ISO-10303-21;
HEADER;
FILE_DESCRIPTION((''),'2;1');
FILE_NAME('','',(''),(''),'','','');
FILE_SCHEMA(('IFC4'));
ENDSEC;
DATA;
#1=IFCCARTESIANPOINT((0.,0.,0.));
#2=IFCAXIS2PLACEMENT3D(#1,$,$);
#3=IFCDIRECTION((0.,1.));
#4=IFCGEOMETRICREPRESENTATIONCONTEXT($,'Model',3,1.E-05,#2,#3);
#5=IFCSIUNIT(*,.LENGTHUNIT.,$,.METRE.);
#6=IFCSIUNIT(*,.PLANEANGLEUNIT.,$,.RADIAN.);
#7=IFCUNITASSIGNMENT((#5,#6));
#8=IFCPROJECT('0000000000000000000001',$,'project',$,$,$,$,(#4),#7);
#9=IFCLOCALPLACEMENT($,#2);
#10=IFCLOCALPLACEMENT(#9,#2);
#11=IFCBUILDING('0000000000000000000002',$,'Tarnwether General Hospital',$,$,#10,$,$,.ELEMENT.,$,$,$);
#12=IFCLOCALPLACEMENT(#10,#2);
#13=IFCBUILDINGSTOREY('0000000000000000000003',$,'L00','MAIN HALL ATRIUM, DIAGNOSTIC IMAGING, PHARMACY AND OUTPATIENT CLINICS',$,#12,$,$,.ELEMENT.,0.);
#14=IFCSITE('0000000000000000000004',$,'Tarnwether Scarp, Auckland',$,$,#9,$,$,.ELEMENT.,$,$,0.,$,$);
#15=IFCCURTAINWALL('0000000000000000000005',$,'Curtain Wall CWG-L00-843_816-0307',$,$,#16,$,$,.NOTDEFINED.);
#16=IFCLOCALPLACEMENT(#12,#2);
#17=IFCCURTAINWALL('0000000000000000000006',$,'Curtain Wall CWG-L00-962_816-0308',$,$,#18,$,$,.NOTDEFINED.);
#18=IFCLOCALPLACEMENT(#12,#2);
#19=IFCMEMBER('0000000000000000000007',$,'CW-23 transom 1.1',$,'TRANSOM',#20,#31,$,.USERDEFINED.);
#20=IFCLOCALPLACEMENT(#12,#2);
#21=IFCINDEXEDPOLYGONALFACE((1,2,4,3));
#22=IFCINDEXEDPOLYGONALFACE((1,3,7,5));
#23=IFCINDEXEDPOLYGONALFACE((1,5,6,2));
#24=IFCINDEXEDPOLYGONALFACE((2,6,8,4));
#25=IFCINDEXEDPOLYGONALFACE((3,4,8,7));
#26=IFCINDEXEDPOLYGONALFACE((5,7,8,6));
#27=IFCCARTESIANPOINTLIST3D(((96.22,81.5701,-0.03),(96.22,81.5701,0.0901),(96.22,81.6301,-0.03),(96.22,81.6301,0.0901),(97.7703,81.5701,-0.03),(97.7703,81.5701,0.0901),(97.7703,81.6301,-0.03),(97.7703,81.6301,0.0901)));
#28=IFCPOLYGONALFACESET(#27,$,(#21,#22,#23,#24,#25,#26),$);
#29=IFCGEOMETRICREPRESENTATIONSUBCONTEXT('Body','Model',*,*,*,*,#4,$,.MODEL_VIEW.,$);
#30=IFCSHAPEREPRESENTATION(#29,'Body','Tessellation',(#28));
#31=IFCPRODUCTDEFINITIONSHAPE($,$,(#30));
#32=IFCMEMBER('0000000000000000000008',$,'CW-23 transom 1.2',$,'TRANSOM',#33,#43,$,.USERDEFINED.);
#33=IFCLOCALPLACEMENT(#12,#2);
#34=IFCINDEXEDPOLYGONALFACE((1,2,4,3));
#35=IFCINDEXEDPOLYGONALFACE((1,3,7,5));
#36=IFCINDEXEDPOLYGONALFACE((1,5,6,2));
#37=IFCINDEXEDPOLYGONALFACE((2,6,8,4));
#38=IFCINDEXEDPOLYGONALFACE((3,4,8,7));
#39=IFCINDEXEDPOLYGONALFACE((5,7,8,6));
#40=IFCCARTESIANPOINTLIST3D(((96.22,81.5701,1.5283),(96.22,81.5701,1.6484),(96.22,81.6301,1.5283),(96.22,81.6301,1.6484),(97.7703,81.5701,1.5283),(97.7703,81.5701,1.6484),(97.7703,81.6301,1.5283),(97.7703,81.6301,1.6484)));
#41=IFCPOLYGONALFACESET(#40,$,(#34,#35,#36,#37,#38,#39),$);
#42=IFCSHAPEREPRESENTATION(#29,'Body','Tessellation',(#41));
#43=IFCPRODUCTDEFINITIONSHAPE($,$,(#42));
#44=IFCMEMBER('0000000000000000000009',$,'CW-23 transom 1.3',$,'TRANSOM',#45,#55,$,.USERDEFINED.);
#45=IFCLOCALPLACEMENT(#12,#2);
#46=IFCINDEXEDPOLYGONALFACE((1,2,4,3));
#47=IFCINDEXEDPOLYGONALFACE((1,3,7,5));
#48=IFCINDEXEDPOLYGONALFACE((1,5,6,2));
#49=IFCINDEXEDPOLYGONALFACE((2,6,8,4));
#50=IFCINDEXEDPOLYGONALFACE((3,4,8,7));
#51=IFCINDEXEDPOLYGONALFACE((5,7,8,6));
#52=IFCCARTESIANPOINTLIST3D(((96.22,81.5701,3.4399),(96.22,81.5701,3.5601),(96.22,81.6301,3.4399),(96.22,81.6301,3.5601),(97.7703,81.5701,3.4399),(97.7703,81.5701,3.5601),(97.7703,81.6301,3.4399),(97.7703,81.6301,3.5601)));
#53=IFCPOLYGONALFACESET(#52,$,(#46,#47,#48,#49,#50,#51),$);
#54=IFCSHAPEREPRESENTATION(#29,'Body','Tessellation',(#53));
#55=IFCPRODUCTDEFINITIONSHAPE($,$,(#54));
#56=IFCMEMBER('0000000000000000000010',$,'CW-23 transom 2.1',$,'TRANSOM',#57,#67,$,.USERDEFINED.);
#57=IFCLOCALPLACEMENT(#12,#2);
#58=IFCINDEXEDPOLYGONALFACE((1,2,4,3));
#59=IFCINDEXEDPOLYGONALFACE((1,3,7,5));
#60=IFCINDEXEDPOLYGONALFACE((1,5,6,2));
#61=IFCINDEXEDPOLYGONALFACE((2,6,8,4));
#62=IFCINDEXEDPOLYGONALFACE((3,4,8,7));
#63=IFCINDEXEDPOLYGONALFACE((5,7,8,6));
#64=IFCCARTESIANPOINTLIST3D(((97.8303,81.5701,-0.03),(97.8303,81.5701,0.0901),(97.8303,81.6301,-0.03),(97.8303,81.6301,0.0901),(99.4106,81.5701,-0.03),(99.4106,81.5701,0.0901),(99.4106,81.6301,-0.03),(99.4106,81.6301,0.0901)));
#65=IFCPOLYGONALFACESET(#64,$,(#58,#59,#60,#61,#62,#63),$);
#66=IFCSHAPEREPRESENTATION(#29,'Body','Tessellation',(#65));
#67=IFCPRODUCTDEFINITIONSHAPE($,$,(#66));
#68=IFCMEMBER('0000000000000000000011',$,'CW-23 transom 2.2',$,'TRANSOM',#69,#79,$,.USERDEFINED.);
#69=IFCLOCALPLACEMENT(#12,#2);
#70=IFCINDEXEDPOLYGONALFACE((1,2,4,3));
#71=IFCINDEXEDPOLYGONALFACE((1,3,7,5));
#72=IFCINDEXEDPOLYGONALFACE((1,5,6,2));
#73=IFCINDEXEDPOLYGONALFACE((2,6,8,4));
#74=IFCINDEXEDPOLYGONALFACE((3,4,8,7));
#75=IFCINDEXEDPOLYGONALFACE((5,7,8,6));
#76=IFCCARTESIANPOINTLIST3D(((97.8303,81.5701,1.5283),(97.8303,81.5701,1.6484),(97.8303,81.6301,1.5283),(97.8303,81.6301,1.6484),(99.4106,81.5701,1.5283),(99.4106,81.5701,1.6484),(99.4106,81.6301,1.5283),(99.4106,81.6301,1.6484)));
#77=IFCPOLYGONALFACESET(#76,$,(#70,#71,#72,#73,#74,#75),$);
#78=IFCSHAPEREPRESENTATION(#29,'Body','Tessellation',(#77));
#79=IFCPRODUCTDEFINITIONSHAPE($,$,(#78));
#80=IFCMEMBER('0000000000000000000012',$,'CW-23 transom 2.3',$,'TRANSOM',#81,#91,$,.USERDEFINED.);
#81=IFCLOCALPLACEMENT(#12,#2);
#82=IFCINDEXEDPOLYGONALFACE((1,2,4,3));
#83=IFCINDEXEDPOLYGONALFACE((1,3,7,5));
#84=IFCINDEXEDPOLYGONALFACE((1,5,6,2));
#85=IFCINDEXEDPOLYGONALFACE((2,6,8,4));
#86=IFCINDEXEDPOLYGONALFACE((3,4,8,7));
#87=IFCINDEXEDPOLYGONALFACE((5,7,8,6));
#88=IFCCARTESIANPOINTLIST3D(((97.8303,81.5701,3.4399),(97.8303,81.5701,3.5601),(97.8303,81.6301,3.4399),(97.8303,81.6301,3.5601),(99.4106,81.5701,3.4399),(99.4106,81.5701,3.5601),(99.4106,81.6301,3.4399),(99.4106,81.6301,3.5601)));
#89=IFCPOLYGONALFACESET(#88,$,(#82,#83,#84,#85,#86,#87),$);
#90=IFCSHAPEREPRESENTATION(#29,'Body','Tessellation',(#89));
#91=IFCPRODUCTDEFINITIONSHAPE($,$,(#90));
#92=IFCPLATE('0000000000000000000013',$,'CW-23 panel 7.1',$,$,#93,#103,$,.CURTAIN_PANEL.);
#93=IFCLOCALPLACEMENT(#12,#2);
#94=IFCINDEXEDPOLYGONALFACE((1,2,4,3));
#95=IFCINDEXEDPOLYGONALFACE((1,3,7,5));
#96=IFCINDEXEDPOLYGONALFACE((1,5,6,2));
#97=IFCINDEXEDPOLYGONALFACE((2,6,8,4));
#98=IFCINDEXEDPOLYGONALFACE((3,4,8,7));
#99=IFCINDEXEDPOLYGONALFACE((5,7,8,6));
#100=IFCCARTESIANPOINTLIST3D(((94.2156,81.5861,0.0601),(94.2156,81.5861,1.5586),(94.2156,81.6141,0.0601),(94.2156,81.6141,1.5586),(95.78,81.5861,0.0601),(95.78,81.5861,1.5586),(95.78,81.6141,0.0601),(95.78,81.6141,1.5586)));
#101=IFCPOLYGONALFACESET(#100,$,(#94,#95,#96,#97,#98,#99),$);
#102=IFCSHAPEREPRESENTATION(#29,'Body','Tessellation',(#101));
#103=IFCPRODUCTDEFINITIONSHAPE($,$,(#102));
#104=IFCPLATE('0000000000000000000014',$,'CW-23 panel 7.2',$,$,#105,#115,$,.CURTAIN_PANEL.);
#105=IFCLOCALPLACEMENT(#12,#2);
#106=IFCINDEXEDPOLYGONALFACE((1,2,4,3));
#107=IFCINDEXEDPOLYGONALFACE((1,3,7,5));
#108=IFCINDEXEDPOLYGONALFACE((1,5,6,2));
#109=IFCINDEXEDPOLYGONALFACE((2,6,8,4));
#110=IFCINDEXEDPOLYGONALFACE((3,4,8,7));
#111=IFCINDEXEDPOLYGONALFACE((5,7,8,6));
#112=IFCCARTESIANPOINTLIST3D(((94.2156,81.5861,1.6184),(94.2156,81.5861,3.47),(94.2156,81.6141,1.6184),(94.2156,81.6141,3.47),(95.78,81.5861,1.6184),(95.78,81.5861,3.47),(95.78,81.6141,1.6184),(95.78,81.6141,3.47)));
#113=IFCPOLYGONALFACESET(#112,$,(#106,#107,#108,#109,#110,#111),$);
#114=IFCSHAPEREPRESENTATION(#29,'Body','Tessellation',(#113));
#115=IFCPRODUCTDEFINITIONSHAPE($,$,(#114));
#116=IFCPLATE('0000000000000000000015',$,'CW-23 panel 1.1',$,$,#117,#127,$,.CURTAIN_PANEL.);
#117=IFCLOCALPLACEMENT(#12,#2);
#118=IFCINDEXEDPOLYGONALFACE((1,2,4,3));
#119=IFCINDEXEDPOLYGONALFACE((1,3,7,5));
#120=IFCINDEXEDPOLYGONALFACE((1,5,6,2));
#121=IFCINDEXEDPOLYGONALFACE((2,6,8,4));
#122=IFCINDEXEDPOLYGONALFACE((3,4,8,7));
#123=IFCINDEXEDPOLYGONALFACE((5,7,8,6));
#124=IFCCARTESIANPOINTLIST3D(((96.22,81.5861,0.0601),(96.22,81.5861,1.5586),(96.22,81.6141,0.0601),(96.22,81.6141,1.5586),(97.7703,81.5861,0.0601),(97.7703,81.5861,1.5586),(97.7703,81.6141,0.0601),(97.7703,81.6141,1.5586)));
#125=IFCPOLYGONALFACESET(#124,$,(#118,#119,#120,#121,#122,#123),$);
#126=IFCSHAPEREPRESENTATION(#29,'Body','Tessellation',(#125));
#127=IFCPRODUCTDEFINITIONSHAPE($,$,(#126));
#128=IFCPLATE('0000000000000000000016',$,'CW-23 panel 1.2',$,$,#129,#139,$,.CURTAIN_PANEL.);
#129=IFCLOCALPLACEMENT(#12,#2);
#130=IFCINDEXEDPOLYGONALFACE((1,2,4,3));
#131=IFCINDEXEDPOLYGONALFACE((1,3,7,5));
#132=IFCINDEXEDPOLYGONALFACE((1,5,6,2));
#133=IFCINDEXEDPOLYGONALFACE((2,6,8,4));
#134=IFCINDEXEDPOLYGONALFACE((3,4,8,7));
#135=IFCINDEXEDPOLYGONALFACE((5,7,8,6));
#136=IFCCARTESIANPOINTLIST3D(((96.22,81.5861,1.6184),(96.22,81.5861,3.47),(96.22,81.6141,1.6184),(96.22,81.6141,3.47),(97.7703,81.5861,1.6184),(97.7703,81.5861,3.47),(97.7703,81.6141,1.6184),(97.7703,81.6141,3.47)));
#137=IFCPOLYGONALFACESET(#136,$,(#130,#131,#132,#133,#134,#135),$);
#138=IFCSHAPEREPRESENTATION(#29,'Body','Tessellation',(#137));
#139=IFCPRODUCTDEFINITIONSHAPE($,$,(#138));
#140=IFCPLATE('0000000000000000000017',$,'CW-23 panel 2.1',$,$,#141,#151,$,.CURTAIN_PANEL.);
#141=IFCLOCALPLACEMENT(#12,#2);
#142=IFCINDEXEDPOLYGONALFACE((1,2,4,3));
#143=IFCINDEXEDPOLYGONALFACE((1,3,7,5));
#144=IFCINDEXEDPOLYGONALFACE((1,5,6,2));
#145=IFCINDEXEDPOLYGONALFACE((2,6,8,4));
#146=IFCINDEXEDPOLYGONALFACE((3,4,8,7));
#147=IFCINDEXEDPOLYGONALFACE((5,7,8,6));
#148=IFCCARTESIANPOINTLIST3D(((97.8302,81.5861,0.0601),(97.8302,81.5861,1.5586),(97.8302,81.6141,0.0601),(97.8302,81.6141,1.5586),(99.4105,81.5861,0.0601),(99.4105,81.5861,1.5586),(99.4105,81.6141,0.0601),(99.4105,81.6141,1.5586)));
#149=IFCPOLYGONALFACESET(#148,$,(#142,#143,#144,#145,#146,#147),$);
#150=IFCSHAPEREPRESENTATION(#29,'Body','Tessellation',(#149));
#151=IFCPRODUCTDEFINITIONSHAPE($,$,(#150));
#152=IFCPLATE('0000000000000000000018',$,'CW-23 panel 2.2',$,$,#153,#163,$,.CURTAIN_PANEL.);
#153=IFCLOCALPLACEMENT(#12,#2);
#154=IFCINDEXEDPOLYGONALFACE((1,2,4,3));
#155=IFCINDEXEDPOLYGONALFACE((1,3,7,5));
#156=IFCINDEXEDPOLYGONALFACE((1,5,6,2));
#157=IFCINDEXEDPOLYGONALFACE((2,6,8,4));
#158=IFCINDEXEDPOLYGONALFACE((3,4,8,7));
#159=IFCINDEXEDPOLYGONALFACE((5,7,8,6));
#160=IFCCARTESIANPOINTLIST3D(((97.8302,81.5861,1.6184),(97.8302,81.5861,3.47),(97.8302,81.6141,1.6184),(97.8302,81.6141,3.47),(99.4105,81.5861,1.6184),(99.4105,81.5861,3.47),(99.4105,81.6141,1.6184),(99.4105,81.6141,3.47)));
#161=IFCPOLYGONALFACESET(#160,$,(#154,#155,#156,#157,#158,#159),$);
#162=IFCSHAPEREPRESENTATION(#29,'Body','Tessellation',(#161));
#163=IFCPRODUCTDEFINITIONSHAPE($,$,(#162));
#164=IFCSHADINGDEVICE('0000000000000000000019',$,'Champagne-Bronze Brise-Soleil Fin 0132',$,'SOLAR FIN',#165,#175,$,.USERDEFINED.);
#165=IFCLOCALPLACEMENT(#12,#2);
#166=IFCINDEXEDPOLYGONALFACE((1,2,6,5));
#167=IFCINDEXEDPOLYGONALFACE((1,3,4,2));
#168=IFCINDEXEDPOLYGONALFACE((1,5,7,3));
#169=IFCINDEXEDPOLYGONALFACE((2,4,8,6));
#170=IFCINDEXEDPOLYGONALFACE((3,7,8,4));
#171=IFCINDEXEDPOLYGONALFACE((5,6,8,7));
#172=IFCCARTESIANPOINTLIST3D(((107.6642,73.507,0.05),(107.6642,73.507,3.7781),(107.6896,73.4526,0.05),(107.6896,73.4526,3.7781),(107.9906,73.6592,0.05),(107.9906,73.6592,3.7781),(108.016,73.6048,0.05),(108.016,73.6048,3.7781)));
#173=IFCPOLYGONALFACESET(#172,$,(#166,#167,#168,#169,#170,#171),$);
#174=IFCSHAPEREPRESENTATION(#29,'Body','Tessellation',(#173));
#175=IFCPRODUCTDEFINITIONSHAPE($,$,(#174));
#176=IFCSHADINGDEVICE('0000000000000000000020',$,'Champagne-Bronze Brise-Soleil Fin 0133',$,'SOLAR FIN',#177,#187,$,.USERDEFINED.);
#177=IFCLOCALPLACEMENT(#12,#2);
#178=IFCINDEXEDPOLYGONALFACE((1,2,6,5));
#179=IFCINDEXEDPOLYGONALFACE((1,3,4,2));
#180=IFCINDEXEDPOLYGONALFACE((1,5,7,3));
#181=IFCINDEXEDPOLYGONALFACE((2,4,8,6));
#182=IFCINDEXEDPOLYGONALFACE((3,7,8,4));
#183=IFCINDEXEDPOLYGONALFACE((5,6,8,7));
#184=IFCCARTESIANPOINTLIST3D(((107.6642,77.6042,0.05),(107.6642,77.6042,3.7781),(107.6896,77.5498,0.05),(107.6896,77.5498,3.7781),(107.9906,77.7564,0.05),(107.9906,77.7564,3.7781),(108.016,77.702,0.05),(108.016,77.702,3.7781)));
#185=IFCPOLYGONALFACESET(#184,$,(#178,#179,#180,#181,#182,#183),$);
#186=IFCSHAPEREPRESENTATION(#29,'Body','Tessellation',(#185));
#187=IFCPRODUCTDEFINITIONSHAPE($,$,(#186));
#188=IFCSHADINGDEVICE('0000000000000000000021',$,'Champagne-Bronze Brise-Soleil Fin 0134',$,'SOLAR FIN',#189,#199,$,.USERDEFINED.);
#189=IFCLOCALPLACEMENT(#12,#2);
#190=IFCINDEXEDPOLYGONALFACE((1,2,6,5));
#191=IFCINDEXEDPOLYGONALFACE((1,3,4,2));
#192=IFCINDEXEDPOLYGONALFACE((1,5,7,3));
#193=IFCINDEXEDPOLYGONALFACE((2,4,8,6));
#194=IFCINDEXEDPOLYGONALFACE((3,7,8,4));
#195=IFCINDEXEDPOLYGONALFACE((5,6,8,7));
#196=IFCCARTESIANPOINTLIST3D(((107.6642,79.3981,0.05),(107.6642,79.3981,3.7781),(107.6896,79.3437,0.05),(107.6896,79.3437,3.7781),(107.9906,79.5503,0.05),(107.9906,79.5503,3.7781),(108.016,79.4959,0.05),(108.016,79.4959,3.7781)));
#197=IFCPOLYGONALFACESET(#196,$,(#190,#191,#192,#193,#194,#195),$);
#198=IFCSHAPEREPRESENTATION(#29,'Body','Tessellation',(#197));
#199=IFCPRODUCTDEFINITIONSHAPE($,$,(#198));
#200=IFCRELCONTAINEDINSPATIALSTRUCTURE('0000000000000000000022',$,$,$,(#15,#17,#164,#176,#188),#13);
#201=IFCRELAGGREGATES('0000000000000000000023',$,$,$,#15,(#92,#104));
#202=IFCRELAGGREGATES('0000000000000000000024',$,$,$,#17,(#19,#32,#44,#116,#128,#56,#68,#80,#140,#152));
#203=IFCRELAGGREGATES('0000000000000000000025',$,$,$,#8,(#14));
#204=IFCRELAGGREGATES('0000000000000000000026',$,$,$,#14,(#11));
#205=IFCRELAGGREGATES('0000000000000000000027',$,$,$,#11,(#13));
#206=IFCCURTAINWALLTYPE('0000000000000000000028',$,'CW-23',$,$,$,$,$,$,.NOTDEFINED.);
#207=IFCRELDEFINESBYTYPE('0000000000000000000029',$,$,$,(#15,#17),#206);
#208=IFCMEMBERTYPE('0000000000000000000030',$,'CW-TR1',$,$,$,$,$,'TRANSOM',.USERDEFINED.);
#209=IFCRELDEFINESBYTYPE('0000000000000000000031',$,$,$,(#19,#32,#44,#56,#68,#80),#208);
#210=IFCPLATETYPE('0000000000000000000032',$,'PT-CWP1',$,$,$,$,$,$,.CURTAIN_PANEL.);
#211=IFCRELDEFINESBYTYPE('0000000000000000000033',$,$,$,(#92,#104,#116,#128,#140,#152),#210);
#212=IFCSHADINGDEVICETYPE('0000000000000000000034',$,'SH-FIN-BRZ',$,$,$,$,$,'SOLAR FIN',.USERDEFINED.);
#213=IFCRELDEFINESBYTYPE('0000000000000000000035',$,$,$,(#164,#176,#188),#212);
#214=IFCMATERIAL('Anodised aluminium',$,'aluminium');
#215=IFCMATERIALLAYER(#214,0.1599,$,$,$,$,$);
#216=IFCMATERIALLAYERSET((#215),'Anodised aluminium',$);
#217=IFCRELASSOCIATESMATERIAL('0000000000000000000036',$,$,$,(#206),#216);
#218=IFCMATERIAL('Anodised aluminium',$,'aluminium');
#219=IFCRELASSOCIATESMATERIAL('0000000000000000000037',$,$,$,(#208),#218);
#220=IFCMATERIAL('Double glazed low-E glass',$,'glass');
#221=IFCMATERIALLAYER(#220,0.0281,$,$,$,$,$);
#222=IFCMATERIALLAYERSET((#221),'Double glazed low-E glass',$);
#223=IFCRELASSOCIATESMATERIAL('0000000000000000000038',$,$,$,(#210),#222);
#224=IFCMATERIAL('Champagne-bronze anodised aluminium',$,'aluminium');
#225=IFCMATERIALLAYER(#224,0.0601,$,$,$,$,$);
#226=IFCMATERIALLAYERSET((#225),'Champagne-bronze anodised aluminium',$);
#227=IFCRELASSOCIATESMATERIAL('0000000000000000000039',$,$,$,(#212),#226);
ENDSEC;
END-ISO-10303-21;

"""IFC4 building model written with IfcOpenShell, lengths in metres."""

from ifc_helpers import new_model, si_unit, direction, frame, origin, origin_2d, place, context, subcontext, project, spatial, rectangle, extrude, material, layer, layer_set, material_profile, profile_set, type_object, element, aggregate, save


model = new_model("IFC4")

# Units and contexts
model_context = context("Model", 3, precision=1e-05, world=origin(), true_north=direction((0.0, 1.0)))
body_context = subcontext(model_context, "Body", "Model", "MODEL_VIEW")
ifc_project = project(units=[si_unit("LENGTHUNIT", "METRE"), si_unit("PLANEANGLEUNIT", "RADIAN")], contexts=[model_context])

# Site, building, storey
site_placement = place(None, origin())
site = spatial("IfcSite", under=ifc_project, at=site_placement, Name="Tarnwether Scarp, Auckland", CompositionType="ELEMENT", RefElevation=0.0)
building_placement = place(site_placement, origin())
building = spatial("IfcBuilding", under=site, at=building_placement, Name="Tarnwether General Hospital", CompositionType="ELEMENT")
storey_placement = place(building_placement, origin())
storey = spatial("IfcBuildingStorey", under=building, at=storey_placement, Name="L00", Description="MAIN HALL ATRIUM, DIAGNOSTIC IMAGING, PHARMACY AND OUTPATIENT CLINICS", CompositionType="ELEMENT", Elevation=0.0)

# Curtain walls
ifc_material_1 = material(Name="Anodised aluminium", Category="aluminium")
ifc_layer_1 = layer(ifc_material_1, 0.1599)
ifc_layer_set_1 = layer_set([ifc_layer_1], Name="Anodised aluminium")
curtain_wall_type = type_object("IfcCurtainWallType", Name="CW-23", PredefinedType="NOTDEFINED", material=ifc_layer_set_1)
curtain_wall_1_placement = place(storey_placement, origin())
curtain_wall_1 = element("IfcCurtainWall", 1, at=curtain_wall_1_placement, inside=storey, type_object=curtain_wall_type, Name="Curtain Wall CWG-L00-843_816-0307", PredefinedType="NOTDEFINED")
curtain_wall_2_placement = place(storey_placement, origin())
curtain_wall_2 = element("IfcCurtainWall", 2, at=curtain_wall_2_placement, inside=storey, type_object=curtain_wall_type, Name="Curtain Wall CWG-L00-962_816-0308", PredefinedType="NOTDEFINED")

# Members
ifc_material_2 = material(Name="Anodised aluminium", Category="aluminium")
ifc_material_profile_1 = material_profile(ifc_material_2, rectangle(XDim=0.0601, YDim=0.1201, at=origin_2d()), Name="ALU-TRN-60x120")
ifc_profile_set_1 = profile_set([ifc_material_profile_1], Name="Anodised aluminium")
member_type_1 = type_object("IfcMemberType", Name="CW-TR1", ElementType="TRANSOM", PredefinedType="USERDEFINED", material=ifc_profile_set_1)
member_1_placement = place(storey_placement, frame((96.22, 81.6001, 0.03), z_axis=(1.0, 0.0, 0.0), x_axis=(0.0, 1.0, 0.0)))
member_1 = element("IfcMember", 3, at=member_1_placement, type_object=member_type_1, Name="CW-23 transom 1.1", ObjectType="TRANSOM", PredefinedType="USERDEFINED", context=body_context, shape_type="SweptSolid", body=[
    extrude(rectangle(XDim=0.0601, YDim=0.1201, at=origin_2d()), origin(), (0.0, 0.0, 1.0), 1.5503),
])
member_2_placement = place(storey_placement, frame((96.22, 81.6001, 1.5884), z_axis=(1.0, 0.0, 0.0), x_axis=(0.0, 1.0, 0.0)))
member_2 = element("IfcMember", 4, at=member_2_placement, type_object=member_type_1, Name="CW-23 transom 1.2", ObjectType="TRANSOM", PredefinedType="USERDEFINED", context=body_context, shape_type="SweptSolid", body=[
    extrude(rectangle(XDim=0.0601, YDim=0.1201, at=origin_2d()), origin(), (0.0, 0.0, 1.0), 1.5503),
])
member_3_placement = place(storey_placement, frame((96.22, 81.6001, 3.5), z_axis=(1.0, 0.0, 0.0), x_axis=(0.0, 1.0, 0.0)))
member_3 = element("IfcMember", 5, at=member_3_placement, type_object=member_type_1, Name="CW-23 transom 1.3", ObjectType="TRANSOM", PredefinedType="USERDEFINED", context=body_context, shape_type="SweptSolid", body=[
    extrude(rectangle(XDim=0.0601, YDim=0.1201, at=origin_2d()), origin(), (0.0, 0.0, 1.0), 1.5503),
])
member_4_placement = place(storey_placement, frame((97.8303, 81.6001, 0.03), z_axis=(1.0, 0.0, 0.0), x_axis=(0.0, 1.0, 0.0)))
member_4 = element("IfcMember", 6, at=member_4_placement, type_object=member_type_1, Name="CW-23 transom 2.1", ObjectType="TRANSOM", PredefinedType="USERDEFINED", context=body_context, shape_type="SweptSolid", body=[
    extrude(rectangle(XDim=0.0601, YDim=0.1201, at=origin_2d()), origin(), (0.0, 0.0, 1.0), 1.5803),
])
member_5_placement = place(storey_placement, frame((97.8303, 81.6001, 1.5884), z_axis=(1.0, 0.0, 0.0), x_axis=(0.0, 1.0, 0.0)))
member_5 = element("IfcMember", 7, at=member_5_placement, type_object=member_type_1, Name="CW-23 transom 2.2", ObjectType="TRANSOM", PredefinedType="USERDEFINED", context=body_context, shape_type="SweptSolid", body=[
    extrude(rectangle(XDim=0.0601, YDim=0.1201, at=origin_2d()), origin(), (0.0, 0.0, 1.0), 1.5803),
])
member_6_placement = place(storey_placement, frame((97.8303, 81.6001, 3.5), z_axis=(1.0, 0.0, 0.0), x_axis=(0.0, 1.0, 0.0)))
member_6 = element("IfcMember", 8, at=member_6_placement, type_object=member_type_1, Name="CW-23 transom 2.3", ObjectType="TRANSOM", PredefinedType="USERDEFINED", context=body_context, shape_type="SweptSolid", body=[
    extrude(rectangle(XDim=0.0601, YDim=0.1201, at=origin_2d()), origin(), (0.0, 0.0, 1.0), 1.5803),
])

# Plates
ifc_material_3 = material(Name="Double glazed low-E glass", Category="glass")
ifc_layer_2 = layer(ifc_material_3, 0.0281)
ifc_layer_set_2 = layer_set([ifc_layer_2], Name="Double glazed low-E glass")
plate_type = type_object("IfcPlateType", Name="PT-CWP1", PredefinedType="CURTAIN_PANEL", material=ifc_layer_set_2)
plate_1_placement = place(storey_placement, frame((94.9978, 81.6001, 0.0601), z_axis=(0.0, 0.0, 1.0), x_axis=(1.0, 0.0, 0.0)))
plate_1 = element("IfcPlate", 9, at=plate_1_placement, type_object=plate_type, Name="CW-23 panel 7.1", PredefinedType="CURTAIN_PANEL", context=body_context, shape_type="SweptSolid", body=[
    extrude(rectangle(XDim=1.5645, YDim=0.0281, at=origin_2d()), origin(), (0.0, 0.0, 1.0), 1.4985),
])
plate_2_placement = place(storey_placement, frame((94.9978, 81.6001, 1.6184), z_axis=(0.0, 0.0, 1.0), x_axis=(1.0, 0.0, 0.0)))
plate_2 = element("IfcPlate", 10, at=plate_2_placement, type_object=plate_type, Name="CW-23 panel 7.2", PredefinedType="CURTAIN_PANEL", context=body_context, shape_type="SweptSolid", body=[
    extrude(rectangle(XDim=1.5645, YDim=0.0281, at=origin_2d()), origin(), (0.0, 0.0, 1.0), 1.8516),
])
aggregate(curtain_wall_1, [plate_1, plate_2])
plate_3_placement = place(storey_placement, frame((96.9951, 81.6001, 0.0601), z_axis=(0.0, 0.0, 1.0), x_axis=(1.0, 0.0, 0.0)))
plate_3 = element("IfcPlate", 11, at=plate_3_placement, type_object=plate_type, Name="CW-23 panel 1.1", PredefinedType="CURTAIN_PANEL", context=body_context, shape_type="SweptSolid", body=[
    extrude(rectangle(XDim=1.5503, YDim=0.0281, at=origin_2d()), origin(), (0.0, 0.0, 1.0), 1.4985),
])
plate_4_placement = place(storey_placement, frame((96.9951, 81.6001, 1.6184), z_axis=(0.0, 0.0, 1.0), x_axis=(1.0, 0.0, 0.0)))
plate_4 = element("IfcPlate", 12, at=plate_4_placement, type_object=plate_type, Name="CW-23 panel 1.2", PredefinedType="CURTAIN_PANEL", context=body_context, shape_type="SweptSolid", body=[
    extrude(rectangle(XDim=1.5503, YDim=0.0281, at=origin_2d()), origin(), (0.0, 0.0, 1.0), 1.8516),
])
plate_5_placement = place(storey_placement, frame((98.6204, 81.6001, 0.0601), z_axis=(0.0, 0.0, 1.0), x_axis=(1.0, 0.0, 0.0)))
plate_5 = element("IfcPlate", 13, at=plate_5_placement, type_object=plate_type, Name="CW-23 panel 2.1", PredefinedType="CURTAIN_PANEL", context=body_context, shape_type="SweptSolid", body=[
    extrude(rectangle(XDim=1.5803, YDim=0.0281, at=origin_2d()), origin(), (0.0, 0.0, 1.0), 1.4985),
])
plate_6_placement = place(storey_placement, frame((98.6204, 81.6001, 1.6184), z_axis=(0.0, 0.0, 1.0), x_axis=(1.0, 0.0, 0.0)))
plate_6 = element("IfcPlate", 14, at=plate_6_placement, type_object=plate_type, Name="CW-23 panel 2.2", PredefinedType="CURTAIN_PANEL", context=body_context, shape_type="SweptSolid", body=[
    extrude(rectangle(XDim=1.5803, YDim=0.0281, at=origin_2d()), origin(), (0.0, 0.0, 1.0), 1.8516),
])
aggregate(curtain_wall_2, [member_1, member_2, member_3, plate_3, plate_4, member_4, member_5, member_6, plate_5, plate_6])

# Shading devices
ifc_material_4 = material(Name="Champagne-bronze anodised aluminium", Category="aluminium")
ifc_layer_3 = layer(ifc_material_4, 0.0601)
ifc_layer_set_3 = layer_set([ifc_layer_3], Name="Champagne-bronze anodised aluminium")
shading_device_type = type_object("IfcShadingDeviceType", Name="SH-FIN-BRZ", ElementType="SOLAR FIN", PredefinedType="USERDEFINED", material=ifc_layer_set_3)
for number, where, z_axis, x_axis, name in (
    (15, (107.8401, 73.5559, 0.05), (0.0, 0.0, 1.0), (-0.422618, 0.906308, 0.0), "Champagne-Bronze Brise-Soleil Fin 0132"),
    (16, (107.8401, 77.6531, 0.05), (0.0, 0.0, 1.0), (-0.422618, 0.906308, 0.0), "Champagne-Bronze Brise-Soleil Fin 0133"),
    (17, (107.8401, 79.447, 0.05), (0.0, 0.0, 1.0), (-0.422618, 0.906308, 0.0), "Champagne-Bronze Brise-Soleil Fin 0134"),
):
    element("IfcShadingDevice", number, at=place(storey_placement, frame(where, z_axis=z_axis, x_axis=x_axis)), inside=storey, type_object=shading_device_type, Name=name, ObjectType="SOLAR FIN", PredefinedType="USERDEFINED", context=body_context, shape_type="SweptSolid", body=[
        extrude(rectangle(XDim=0.0601, YDim=0.3601, at=origin_2d()), origin(), (0.0, 0.0, 1.0), 3.728),
    ])

save(model, "model.ifc")
